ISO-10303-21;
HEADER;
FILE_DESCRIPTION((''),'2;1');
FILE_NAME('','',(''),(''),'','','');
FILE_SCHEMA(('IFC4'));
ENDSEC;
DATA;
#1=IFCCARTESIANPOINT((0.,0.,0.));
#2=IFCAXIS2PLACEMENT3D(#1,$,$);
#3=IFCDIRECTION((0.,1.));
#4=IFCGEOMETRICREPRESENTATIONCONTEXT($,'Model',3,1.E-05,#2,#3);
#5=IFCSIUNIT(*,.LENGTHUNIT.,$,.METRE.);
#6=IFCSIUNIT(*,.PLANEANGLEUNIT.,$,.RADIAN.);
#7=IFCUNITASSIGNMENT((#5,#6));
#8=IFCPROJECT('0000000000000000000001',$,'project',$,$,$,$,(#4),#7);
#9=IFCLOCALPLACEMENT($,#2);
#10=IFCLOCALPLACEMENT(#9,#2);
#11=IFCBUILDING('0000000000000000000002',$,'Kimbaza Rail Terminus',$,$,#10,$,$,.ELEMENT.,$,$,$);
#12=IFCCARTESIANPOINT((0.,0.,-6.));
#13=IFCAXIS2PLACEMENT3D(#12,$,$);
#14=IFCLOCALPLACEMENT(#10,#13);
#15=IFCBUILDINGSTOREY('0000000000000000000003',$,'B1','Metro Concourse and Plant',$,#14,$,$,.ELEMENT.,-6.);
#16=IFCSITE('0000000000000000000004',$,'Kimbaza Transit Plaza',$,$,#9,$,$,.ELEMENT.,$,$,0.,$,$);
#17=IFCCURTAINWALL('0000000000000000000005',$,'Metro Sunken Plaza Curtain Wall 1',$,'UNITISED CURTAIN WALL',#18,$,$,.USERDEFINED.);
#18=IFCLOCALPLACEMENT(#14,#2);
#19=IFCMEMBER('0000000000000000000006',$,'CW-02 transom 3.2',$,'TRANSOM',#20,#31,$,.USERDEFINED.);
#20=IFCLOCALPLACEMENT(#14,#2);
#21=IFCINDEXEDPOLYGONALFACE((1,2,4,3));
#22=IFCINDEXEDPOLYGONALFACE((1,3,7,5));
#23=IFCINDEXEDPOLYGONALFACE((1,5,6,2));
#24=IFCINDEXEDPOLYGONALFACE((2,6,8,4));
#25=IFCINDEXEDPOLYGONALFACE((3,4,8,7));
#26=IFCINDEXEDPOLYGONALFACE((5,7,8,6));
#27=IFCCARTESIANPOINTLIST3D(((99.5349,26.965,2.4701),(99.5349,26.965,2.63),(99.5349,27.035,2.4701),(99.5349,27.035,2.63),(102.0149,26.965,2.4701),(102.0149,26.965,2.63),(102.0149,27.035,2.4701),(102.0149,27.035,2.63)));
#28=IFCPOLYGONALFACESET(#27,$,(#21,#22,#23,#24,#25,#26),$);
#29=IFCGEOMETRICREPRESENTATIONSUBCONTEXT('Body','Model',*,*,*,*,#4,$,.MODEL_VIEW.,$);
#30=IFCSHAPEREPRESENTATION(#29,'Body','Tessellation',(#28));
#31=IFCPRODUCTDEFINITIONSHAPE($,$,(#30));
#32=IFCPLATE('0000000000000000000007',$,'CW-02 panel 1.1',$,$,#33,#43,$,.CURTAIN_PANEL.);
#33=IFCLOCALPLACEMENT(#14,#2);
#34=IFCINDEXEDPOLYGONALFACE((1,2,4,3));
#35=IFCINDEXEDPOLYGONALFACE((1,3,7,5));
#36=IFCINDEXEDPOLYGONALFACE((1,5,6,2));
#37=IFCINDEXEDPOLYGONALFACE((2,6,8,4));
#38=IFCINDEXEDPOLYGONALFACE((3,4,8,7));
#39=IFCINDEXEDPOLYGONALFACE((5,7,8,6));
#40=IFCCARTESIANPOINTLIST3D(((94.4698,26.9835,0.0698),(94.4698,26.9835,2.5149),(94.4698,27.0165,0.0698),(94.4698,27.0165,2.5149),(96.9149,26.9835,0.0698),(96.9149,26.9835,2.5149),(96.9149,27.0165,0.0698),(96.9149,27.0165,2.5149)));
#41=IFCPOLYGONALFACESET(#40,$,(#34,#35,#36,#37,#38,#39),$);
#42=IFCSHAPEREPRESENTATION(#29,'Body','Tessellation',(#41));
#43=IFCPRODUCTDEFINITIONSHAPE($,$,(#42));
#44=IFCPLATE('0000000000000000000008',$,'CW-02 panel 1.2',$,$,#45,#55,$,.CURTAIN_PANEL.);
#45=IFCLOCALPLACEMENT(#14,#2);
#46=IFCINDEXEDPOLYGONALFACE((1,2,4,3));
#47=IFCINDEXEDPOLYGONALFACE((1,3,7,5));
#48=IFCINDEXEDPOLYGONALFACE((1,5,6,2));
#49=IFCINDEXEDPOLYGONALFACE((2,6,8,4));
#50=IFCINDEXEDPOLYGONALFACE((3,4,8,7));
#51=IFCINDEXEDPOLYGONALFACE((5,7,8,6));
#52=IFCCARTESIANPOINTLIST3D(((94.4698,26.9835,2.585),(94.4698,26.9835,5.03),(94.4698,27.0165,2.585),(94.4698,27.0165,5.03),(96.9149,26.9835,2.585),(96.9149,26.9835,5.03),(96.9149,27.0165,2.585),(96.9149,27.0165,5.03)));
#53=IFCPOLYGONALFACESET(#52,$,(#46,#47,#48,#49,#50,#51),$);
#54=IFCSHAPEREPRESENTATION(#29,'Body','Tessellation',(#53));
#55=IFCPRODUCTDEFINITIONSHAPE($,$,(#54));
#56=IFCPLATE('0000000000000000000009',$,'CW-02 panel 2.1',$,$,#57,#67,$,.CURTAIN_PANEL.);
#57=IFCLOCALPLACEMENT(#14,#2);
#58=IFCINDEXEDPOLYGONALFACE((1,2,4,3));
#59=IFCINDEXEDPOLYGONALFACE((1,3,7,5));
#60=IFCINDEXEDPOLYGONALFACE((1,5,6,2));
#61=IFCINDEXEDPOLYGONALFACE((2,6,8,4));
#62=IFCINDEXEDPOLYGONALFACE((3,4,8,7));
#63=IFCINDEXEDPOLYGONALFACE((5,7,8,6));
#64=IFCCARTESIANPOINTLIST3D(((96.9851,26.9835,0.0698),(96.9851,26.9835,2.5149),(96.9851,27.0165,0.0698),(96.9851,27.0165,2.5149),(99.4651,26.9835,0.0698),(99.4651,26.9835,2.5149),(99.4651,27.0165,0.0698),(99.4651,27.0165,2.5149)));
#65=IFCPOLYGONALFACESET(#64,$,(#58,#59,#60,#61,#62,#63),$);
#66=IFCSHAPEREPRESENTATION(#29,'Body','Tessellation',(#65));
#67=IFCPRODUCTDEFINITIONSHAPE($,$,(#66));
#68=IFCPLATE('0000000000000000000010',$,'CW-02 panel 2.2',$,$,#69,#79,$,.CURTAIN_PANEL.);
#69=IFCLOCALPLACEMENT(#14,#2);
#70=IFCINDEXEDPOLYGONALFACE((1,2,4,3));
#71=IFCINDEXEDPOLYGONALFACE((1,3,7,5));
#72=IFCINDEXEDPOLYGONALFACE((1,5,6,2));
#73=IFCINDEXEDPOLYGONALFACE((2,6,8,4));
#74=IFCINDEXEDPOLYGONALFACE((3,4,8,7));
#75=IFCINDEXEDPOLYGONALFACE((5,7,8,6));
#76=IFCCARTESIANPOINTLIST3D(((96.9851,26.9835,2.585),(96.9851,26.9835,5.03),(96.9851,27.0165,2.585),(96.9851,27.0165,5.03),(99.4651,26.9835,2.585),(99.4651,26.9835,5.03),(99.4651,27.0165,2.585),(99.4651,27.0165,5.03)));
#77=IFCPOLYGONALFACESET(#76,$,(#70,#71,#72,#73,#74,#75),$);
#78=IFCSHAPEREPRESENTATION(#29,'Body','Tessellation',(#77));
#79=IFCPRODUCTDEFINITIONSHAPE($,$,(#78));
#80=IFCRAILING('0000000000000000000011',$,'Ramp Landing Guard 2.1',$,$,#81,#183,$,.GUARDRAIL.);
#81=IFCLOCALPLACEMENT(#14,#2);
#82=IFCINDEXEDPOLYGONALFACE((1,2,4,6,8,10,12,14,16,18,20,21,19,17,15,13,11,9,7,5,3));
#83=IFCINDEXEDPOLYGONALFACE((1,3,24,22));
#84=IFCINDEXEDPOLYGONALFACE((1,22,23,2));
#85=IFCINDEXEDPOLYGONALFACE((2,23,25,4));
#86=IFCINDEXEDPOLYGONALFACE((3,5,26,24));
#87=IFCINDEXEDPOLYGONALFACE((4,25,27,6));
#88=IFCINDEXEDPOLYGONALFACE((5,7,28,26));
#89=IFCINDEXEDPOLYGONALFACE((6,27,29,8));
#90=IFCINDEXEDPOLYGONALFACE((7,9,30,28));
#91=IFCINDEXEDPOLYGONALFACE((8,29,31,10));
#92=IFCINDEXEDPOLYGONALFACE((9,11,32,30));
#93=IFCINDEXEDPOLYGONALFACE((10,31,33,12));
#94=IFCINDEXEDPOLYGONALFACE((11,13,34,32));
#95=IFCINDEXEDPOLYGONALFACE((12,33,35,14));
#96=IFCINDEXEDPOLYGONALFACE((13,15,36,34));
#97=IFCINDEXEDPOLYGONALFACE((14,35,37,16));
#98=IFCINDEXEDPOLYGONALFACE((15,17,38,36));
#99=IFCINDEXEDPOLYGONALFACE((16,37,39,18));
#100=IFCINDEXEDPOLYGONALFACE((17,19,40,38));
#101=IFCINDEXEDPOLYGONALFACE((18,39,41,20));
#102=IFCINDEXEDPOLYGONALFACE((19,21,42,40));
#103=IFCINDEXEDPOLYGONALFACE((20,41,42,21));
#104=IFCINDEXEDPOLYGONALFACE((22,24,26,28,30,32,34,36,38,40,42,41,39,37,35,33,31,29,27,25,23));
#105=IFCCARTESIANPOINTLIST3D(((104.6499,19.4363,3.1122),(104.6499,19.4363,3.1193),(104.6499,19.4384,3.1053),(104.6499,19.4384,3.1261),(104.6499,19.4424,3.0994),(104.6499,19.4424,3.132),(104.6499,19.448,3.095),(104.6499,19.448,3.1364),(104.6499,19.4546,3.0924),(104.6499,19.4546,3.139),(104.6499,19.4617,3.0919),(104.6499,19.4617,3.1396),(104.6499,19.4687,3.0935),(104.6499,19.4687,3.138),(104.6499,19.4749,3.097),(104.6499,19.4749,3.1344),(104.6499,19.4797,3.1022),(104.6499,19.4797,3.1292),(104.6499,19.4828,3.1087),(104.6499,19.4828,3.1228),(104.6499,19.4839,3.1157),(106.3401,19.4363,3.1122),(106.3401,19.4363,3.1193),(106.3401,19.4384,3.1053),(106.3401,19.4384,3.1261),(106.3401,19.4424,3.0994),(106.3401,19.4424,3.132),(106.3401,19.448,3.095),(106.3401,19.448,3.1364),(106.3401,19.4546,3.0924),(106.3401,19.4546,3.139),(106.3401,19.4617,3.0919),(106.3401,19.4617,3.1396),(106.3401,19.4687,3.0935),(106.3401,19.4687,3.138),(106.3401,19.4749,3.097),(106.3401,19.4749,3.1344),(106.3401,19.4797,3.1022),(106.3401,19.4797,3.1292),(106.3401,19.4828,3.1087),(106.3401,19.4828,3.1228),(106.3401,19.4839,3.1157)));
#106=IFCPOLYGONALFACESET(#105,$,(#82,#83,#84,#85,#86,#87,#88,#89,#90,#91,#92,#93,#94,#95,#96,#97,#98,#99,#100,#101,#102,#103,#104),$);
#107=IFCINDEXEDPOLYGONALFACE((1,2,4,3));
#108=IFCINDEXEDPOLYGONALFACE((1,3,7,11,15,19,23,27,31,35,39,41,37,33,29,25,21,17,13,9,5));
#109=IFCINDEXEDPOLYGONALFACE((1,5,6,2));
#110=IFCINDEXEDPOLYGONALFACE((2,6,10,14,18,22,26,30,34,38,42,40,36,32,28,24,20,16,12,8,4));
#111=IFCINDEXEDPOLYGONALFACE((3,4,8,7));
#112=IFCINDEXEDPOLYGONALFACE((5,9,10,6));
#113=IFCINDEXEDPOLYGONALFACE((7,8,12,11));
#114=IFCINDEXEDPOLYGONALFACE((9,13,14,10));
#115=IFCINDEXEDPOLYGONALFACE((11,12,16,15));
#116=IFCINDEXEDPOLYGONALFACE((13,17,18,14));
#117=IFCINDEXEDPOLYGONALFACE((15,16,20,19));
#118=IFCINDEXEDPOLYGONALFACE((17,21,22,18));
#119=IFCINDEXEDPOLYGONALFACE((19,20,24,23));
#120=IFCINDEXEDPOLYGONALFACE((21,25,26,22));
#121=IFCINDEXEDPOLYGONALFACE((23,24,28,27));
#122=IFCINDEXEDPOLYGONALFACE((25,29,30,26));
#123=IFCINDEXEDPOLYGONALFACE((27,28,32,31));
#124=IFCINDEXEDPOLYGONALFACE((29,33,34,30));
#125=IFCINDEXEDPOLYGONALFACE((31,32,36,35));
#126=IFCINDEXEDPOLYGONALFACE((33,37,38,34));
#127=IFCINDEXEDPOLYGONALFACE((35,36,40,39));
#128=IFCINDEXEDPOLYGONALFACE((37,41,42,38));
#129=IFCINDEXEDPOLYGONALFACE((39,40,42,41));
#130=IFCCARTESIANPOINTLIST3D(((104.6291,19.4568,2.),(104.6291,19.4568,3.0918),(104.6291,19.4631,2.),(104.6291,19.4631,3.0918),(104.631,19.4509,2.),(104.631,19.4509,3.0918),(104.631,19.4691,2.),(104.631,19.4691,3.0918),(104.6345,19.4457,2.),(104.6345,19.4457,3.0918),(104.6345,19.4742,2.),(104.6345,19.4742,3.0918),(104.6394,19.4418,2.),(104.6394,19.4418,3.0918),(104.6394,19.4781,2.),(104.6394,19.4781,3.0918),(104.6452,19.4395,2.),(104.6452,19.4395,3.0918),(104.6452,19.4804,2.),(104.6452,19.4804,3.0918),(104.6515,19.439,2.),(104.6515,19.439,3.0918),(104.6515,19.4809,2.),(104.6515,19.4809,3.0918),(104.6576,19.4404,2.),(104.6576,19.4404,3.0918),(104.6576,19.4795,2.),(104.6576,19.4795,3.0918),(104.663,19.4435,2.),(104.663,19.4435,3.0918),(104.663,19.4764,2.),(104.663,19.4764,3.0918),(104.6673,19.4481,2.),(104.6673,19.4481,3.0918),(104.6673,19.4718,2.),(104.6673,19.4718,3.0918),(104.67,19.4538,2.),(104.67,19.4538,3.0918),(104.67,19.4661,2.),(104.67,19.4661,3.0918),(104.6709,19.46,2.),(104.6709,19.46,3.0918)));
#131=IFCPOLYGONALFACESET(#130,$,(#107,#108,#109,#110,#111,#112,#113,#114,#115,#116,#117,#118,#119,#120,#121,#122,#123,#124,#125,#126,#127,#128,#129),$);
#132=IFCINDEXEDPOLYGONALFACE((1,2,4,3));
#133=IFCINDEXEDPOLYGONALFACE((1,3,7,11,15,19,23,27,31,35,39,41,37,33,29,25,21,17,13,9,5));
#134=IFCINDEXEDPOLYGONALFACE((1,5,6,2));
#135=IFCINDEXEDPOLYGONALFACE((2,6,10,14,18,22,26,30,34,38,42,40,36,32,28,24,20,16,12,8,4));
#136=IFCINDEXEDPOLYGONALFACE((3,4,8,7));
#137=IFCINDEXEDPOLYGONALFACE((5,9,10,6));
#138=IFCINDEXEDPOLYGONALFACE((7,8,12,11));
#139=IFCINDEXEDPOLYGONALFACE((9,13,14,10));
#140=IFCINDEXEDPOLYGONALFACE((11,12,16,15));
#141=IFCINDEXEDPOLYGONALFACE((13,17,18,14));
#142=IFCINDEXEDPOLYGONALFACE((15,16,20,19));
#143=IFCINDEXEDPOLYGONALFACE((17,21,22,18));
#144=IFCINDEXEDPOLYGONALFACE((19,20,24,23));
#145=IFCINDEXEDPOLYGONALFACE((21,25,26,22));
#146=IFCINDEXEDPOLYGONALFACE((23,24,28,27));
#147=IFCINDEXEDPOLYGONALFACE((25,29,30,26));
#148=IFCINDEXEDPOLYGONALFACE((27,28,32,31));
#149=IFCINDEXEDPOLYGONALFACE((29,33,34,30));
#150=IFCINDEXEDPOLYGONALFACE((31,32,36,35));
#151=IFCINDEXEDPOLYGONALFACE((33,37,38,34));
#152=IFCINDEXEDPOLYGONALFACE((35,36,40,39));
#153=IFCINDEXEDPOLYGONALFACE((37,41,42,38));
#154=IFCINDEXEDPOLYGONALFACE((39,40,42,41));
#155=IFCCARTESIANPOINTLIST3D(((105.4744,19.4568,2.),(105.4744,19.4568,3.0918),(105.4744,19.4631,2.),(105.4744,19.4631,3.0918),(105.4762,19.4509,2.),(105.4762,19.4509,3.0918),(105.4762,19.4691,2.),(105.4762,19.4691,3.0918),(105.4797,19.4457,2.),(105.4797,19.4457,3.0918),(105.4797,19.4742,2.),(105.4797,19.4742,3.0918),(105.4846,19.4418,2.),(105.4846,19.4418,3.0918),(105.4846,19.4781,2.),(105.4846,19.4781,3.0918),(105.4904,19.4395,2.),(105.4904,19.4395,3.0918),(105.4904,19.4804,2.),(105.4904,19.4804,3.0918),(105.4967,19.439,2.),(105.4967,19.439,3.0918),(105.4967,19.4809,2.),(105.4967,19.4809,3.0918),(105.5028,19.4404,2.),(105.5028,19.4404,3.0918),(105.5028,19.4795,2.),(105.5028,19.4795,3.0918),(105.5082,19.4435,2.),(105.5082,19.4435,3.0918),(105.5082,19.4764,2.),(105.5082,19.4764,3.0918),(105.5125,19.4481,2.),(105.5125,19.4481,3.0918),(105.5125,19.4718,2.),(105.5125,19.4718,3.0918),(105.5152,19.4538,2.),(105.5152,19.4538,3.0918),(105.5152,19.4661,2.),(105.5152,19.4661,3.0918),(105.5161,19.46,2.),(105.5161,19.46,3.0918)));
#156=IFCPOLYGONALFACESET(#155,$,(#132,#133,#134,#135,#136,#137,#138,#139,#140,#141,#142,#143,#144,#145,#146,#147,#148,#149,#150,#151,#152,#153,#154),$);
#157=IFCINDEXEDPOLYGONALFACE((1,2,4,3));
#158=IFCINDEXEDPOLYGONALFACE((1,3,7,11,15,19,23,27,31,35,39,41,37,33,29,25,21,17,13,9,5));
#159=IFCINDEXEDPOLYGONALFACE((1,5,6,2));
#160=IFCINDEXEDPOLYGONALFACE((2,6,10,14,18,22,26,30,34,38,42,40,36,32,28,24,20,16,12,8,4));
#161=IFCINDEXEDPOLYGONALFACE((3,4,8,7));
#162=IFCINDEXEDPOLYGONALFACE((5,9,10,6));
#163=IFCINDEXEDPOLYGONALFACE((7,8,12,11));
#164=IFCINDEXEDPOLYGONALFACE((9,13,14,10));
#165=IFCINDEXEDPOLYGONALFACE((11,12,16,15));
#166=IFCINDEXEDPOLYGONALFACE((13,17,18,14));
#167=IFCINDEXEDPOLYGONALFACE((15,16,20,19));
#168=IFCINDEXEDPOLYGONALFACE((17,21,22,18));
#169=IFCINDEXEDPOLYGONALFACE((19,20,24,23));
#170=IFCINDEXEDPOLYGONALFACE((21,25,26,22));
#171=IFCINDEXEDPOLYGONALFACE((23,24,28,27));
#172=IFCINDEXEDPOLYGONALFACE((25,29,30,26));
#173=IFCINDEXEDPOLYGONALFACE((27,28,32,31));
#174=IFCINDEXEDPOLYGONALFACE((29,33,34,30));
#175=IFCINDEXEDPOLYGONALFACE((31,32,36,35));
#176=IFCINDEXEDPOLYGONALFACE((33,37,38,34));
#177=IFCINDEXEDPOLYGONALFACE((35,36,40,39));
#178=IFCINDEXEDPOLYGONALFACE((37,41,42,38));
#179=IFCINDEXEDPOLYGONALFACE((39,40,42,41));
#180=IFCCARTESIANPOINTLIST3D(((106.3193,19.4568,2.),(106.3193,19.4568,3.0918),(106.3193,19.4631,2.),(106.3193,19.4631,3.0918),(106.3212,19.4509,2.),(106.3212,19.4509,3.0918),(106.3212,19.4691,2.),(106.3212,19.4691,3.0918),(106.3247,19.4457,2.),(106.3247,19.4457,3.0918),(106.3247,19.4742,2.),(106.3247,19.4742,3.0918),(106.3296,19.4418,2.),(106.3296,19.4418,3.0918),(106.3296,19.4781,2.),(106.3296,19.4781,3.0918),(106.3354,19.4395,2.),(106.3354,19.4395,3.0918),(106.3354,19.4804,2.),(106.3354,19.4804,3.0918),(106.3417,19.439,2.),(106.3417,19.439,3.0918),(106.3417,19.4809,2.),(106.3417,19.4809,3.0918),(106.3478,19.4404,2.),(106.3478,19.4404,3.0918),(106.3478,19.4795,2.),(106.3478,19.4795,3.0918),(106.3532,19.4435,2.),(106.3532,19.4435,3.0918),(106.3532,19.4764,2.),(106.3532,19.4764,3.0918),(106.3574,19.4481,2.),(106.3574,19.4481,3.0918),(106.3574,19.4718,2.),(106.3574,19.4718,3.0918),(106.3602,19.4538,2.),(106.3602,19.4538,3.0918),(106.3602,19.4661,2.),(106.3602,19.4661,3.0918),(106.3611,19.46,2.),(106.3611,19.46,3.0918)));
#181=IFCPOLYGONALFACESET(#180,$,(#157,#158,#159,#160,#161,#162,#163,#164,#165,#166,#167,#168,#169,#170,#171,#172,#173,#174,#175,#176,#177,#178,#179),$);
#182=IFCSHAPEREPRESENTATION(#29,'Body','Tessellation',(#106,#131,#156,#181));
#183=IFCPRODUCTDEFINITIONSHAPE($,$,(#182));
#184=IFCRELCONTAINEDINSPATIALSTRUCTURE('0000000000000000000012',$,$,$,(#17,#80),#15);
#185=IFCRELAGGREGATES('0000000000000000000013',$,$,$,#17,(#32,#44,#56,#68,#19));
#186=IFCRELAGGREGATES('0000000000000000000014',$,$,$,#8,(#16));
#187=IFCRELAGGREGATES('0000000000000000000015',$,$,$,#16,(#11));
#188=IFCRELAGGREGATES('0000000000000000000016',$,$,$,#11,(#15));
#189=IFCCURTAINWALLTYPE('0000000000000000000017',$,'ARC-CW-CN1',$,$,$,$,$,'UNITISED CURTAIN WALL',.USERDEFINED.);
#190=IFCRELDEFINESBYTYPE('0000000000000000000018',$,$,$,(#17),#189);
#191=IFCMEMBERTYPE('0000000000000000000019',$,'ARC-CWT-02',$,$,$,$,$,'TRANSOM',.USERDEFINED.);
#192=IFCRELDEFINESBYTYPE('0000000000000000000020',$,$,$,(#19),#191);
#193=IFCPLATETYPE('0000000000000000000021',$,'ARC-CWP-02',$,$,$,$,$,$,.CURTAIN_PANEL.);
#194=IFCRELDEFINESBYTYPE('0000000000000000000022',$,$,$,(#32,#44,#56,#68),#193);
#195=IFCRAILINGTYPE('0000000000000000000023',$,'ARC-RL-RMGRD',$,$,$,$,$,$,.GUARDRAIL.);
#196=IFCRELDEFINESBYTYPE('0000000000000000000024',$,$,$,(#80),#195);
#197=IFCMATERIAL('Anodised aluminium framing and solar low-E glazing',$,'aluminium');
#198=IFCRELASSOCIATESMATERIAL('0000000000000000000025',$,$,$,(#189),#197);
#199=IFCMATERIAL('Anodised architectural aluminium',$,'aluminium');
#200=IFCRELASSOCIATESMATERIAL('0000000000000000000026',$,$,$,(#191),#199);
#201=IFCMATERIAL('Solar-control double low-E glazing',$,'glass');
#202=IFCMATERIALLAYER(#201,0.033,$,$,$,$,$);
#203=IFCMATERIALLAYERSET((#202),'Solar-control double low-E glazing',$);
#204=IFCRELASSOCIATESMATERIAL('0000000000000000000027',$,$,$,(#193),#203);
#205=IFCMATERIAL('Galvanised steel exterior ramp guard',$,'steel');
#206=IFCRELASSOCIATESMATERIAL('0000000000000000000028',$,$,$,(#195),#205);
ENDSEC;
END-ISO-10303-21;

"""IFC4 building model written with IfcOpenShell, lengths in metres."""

from ifc_helpers import new_model, si_unit, direction, frame, origin, origin_2d, place, context, subcontext, project, spatial, rectangle, circle, extrude, material, layer, layer_set, material_profile, profile_set, type_object, element, aggregate, save


model = new_model("IFC4")

# Units and contexts
model_context = context("Model", 3, precision=1e-05, world=origin(), true_north=direction((0.0, 1.0)))
body_context = subcontext(model_context, "Body", "Model", "MODEL_VIEW")
ifc_project = project(units=[si_unit("LENGTHUNIT", "METRE"), si_unit("PLANEANGLEUNIT", "RADIAN")], contexts=[model_context])

# Site, building, storey
site_placement = place(None, origin())
site = spatial("IfcSite", under=ifc_project, at=site_placement, Name="Kimbaza Transit Plaza", CompositionType="ELEMENT", RefElevation=0.0)
building_placement = place(site_placement, origin())
building = spatial("IfcBuilding", under=site, at=building_placement, Name="Kimbaza Rail Terminus", CompositionType="ELEMENT")
storey_placement = place(building_placement, frame((0.0, 0.0, -6.0)))
storey = spatial("IfcBuildingStorey", under=building, at=storey_placement, Name="B1", Description="Metro Concourse and Plant", CompositionType="ELEMENT", Elevation=-6.0)

# Curtain wall, member, plates
ifc_material_1 = material(Name="Anodised aluminium framing and solar low-E glazing", Category="aluminium")
curtain_wall_type = type_object("IfcCurtainWallType", Name="ARC-CW-CN1", ElementType="UNITISED CURTAIN WALL", PredefinedType="USERDEFINED", material=ifc_material_1)
curtain_wall_placement = place(storey_placement, origin())
curtain_wall = element("IfcCurtainWall", 1, at=curtain_wall_placement, inside=storey, type_object=curtain_wall_type, Name="Metro Sunken Plaza Curtain Wall 1", ObjectType="UNITISED CURTAIN WALL", PredefinedType="USERDEFINED")
ifc_material_2 = material(Name="Anodised architectural aluminium", Category="aluminium")
ifc_material_profile_1 = material_profile(ifc_material_2, rectangle(XDim=0.0701, YDim=0.1599, at=origin_2d()), Name="TRANSOM 70x160")
ifc_profile_set_1 = profile_set([ifc_material_profile_1], Name="Anodised architectural aluminium")
member_type_1 = type_object("IfcMemberType", Name="ARC-CWT-02", ElementType="TRANSOM", PredefinedType="USERDEFINED", material=ifc_profile_set_1)
member_1_placement = place(storey_placement, frame((99.5349, 27.0, 2.55), z_axis=(1.0, 0.0, 0.0), x_axis=(0.0, 1.0, 0.0)))
member_1 = element("IfcMember", 2, at=member_1_placement, type_object=member_type_1, Name="CW-02 transom 3.2", ObjectType="TRANSOM", PredefinedType="USERDEFINED", context=body_context, shape_type="SweptSolid", body=[
    extrude(rectangle(XDim=0.0701, YDim=0.1599, at=origin_2d()), origin(), (0.0, 0.0, 1.0), 2.48),
])
ifc_material_3 = material(Name="Solar-control double low-E glazing", Category="glass")
ifc_layer = layer(ifc_material_3, 0.033)
ifc_layer_set = layer_set([ifc_layer], Name="Solar-control double low-E glazing")
plate_type = type_object("IfcPlateType", Name="ARC-CWP-02", PredefinedType="CURTAIN_PANEL", material=ifc_layer_set)
plate_1_placement = place(storey_placement, frame((95.6924, 27.0, 0.0698), z_axis=(0.0, 0.0, 1.0), x_axis=(1.0, 0.0, 0.0)))
plate_1 = element("IfcPlate", 3, at=plate_1_placement, type_object=plate_type, Name="CW-02 panel 1.1", PredefinedType="CURTAIN_PANEL", context=body_context, shape_type="SweptSolid", body=[
    extrude(rectangle(XDim=2.4451, YDim=0.033, at=origin_2d()), origin(), (0.0, 0.0, 1.0), 2.4451),
])
plate_2_placement = place(storey_placement, frame((95.6924, 27.0, 2.585), z_axis=(0.0, 0.0, 1.0), x_axis=(1.0, 0.0, 0.0)))
plate_2 = element("IfcPlate", 4, at=plate_2_placement, type_object=plate_type, Name="CW-02 panel 1.2", PredefinedType="CURTAIN_PANEL", context=body_context, shape_type="SweptSolid", body=[
    extrude(rectangle(XDim=2.4451, YDim=0.033, at=origin_2d()), origin(), (0.0, 0.0, 1.0), 2.4451),
])
plate_3_placement = place(storey_placement, frame((98.2251, 27.0, 0.0698), z_axis=(0.0, 0.0, 1.0), x_axis=(1.0, 0.0, 0.0)))
plate_3 = element("IfcPlate", 5, at=plate_3_placement, type_object=plate_type, Name="CW-02 panel 2.1", PredefinedType="CURTAIN_PANEL", context=body_context, shape_type="SweptSolid", body=[
    extrude(rectangle(XDim=2.48, YDim=0.033, at=origin_2d()), origin(), (0.0, 0.0, 1.0), 2.4451),
])
plate_4_placement = place(storey_placement, frame((98.2251, 27.0, 2.585), z_axis=(0.0, 0.0, 1.0), x_axis=(1.0, 0.0, 0.0)))
plate_4 = element("IfcPlate", 6, at=plate_4_placement, type_object=plate_type, Name="CW-02 panel 2.2", PredefinedType="CURTAIN_PANEL", context=body_context, shape_type="SweptSolid", body=[
    extrude(rectangle(XDim=2.48, YDim=0.033, at=origin_2d()), origin(), (0.0, 0.0, 1.0), 2.4451),
])
aggregate(curtain_wall, [plate_1, plate_2, plate_3, plate_4, member_1])

# Railing
ifc_material_4 = material(Name="Galvanised steel exterior ramp guard", Category="steel")
railing_type_1 = type_object("IfcRailingType", Name="ARC-RL-RMGRD", PredefinedType="GUARDRAIL", material=ifc_material_4)
railing_1_placement = place(storey_placement, frame((104.6499, 19.46, 2.0)))
element("IfcRailing", 7, at=railing_1_placement, inside=storey, type_object=railing_type_1, Name="Ramp Landing Guard 2.1", PredefinedType="GUARDRAIL", context=body_context, shape_type="SweptSolid", body=[
    extrude(circle(Radius=0.0239, at=origin_2d()), frame((0.0, 0.0, 1.1157), z_axis=(1.0, 0.0, 0.0), x_axis=(0.0, 1.0, 0.0)), (0.0, 0.0, 1.0), 1.6902),
    extrude(circle(Radius=0.021, at=origin_2d()), origin(), (0.0, 0.0, 1.0), 1.0918),
    extrude(circle(Radius=0.021, at=origin_2d()), frame((0.8452, 0.0, 0.0)), (0.0, 0.0, 1.0), 1.0918),
    extrude(circle(Radius=0.021, at=origin_2d()), frame((1.6902, 0.0, 0.0)), (0.0, 0.0, 1.0), 1.0918),
])

save(model, "model.ifc")
